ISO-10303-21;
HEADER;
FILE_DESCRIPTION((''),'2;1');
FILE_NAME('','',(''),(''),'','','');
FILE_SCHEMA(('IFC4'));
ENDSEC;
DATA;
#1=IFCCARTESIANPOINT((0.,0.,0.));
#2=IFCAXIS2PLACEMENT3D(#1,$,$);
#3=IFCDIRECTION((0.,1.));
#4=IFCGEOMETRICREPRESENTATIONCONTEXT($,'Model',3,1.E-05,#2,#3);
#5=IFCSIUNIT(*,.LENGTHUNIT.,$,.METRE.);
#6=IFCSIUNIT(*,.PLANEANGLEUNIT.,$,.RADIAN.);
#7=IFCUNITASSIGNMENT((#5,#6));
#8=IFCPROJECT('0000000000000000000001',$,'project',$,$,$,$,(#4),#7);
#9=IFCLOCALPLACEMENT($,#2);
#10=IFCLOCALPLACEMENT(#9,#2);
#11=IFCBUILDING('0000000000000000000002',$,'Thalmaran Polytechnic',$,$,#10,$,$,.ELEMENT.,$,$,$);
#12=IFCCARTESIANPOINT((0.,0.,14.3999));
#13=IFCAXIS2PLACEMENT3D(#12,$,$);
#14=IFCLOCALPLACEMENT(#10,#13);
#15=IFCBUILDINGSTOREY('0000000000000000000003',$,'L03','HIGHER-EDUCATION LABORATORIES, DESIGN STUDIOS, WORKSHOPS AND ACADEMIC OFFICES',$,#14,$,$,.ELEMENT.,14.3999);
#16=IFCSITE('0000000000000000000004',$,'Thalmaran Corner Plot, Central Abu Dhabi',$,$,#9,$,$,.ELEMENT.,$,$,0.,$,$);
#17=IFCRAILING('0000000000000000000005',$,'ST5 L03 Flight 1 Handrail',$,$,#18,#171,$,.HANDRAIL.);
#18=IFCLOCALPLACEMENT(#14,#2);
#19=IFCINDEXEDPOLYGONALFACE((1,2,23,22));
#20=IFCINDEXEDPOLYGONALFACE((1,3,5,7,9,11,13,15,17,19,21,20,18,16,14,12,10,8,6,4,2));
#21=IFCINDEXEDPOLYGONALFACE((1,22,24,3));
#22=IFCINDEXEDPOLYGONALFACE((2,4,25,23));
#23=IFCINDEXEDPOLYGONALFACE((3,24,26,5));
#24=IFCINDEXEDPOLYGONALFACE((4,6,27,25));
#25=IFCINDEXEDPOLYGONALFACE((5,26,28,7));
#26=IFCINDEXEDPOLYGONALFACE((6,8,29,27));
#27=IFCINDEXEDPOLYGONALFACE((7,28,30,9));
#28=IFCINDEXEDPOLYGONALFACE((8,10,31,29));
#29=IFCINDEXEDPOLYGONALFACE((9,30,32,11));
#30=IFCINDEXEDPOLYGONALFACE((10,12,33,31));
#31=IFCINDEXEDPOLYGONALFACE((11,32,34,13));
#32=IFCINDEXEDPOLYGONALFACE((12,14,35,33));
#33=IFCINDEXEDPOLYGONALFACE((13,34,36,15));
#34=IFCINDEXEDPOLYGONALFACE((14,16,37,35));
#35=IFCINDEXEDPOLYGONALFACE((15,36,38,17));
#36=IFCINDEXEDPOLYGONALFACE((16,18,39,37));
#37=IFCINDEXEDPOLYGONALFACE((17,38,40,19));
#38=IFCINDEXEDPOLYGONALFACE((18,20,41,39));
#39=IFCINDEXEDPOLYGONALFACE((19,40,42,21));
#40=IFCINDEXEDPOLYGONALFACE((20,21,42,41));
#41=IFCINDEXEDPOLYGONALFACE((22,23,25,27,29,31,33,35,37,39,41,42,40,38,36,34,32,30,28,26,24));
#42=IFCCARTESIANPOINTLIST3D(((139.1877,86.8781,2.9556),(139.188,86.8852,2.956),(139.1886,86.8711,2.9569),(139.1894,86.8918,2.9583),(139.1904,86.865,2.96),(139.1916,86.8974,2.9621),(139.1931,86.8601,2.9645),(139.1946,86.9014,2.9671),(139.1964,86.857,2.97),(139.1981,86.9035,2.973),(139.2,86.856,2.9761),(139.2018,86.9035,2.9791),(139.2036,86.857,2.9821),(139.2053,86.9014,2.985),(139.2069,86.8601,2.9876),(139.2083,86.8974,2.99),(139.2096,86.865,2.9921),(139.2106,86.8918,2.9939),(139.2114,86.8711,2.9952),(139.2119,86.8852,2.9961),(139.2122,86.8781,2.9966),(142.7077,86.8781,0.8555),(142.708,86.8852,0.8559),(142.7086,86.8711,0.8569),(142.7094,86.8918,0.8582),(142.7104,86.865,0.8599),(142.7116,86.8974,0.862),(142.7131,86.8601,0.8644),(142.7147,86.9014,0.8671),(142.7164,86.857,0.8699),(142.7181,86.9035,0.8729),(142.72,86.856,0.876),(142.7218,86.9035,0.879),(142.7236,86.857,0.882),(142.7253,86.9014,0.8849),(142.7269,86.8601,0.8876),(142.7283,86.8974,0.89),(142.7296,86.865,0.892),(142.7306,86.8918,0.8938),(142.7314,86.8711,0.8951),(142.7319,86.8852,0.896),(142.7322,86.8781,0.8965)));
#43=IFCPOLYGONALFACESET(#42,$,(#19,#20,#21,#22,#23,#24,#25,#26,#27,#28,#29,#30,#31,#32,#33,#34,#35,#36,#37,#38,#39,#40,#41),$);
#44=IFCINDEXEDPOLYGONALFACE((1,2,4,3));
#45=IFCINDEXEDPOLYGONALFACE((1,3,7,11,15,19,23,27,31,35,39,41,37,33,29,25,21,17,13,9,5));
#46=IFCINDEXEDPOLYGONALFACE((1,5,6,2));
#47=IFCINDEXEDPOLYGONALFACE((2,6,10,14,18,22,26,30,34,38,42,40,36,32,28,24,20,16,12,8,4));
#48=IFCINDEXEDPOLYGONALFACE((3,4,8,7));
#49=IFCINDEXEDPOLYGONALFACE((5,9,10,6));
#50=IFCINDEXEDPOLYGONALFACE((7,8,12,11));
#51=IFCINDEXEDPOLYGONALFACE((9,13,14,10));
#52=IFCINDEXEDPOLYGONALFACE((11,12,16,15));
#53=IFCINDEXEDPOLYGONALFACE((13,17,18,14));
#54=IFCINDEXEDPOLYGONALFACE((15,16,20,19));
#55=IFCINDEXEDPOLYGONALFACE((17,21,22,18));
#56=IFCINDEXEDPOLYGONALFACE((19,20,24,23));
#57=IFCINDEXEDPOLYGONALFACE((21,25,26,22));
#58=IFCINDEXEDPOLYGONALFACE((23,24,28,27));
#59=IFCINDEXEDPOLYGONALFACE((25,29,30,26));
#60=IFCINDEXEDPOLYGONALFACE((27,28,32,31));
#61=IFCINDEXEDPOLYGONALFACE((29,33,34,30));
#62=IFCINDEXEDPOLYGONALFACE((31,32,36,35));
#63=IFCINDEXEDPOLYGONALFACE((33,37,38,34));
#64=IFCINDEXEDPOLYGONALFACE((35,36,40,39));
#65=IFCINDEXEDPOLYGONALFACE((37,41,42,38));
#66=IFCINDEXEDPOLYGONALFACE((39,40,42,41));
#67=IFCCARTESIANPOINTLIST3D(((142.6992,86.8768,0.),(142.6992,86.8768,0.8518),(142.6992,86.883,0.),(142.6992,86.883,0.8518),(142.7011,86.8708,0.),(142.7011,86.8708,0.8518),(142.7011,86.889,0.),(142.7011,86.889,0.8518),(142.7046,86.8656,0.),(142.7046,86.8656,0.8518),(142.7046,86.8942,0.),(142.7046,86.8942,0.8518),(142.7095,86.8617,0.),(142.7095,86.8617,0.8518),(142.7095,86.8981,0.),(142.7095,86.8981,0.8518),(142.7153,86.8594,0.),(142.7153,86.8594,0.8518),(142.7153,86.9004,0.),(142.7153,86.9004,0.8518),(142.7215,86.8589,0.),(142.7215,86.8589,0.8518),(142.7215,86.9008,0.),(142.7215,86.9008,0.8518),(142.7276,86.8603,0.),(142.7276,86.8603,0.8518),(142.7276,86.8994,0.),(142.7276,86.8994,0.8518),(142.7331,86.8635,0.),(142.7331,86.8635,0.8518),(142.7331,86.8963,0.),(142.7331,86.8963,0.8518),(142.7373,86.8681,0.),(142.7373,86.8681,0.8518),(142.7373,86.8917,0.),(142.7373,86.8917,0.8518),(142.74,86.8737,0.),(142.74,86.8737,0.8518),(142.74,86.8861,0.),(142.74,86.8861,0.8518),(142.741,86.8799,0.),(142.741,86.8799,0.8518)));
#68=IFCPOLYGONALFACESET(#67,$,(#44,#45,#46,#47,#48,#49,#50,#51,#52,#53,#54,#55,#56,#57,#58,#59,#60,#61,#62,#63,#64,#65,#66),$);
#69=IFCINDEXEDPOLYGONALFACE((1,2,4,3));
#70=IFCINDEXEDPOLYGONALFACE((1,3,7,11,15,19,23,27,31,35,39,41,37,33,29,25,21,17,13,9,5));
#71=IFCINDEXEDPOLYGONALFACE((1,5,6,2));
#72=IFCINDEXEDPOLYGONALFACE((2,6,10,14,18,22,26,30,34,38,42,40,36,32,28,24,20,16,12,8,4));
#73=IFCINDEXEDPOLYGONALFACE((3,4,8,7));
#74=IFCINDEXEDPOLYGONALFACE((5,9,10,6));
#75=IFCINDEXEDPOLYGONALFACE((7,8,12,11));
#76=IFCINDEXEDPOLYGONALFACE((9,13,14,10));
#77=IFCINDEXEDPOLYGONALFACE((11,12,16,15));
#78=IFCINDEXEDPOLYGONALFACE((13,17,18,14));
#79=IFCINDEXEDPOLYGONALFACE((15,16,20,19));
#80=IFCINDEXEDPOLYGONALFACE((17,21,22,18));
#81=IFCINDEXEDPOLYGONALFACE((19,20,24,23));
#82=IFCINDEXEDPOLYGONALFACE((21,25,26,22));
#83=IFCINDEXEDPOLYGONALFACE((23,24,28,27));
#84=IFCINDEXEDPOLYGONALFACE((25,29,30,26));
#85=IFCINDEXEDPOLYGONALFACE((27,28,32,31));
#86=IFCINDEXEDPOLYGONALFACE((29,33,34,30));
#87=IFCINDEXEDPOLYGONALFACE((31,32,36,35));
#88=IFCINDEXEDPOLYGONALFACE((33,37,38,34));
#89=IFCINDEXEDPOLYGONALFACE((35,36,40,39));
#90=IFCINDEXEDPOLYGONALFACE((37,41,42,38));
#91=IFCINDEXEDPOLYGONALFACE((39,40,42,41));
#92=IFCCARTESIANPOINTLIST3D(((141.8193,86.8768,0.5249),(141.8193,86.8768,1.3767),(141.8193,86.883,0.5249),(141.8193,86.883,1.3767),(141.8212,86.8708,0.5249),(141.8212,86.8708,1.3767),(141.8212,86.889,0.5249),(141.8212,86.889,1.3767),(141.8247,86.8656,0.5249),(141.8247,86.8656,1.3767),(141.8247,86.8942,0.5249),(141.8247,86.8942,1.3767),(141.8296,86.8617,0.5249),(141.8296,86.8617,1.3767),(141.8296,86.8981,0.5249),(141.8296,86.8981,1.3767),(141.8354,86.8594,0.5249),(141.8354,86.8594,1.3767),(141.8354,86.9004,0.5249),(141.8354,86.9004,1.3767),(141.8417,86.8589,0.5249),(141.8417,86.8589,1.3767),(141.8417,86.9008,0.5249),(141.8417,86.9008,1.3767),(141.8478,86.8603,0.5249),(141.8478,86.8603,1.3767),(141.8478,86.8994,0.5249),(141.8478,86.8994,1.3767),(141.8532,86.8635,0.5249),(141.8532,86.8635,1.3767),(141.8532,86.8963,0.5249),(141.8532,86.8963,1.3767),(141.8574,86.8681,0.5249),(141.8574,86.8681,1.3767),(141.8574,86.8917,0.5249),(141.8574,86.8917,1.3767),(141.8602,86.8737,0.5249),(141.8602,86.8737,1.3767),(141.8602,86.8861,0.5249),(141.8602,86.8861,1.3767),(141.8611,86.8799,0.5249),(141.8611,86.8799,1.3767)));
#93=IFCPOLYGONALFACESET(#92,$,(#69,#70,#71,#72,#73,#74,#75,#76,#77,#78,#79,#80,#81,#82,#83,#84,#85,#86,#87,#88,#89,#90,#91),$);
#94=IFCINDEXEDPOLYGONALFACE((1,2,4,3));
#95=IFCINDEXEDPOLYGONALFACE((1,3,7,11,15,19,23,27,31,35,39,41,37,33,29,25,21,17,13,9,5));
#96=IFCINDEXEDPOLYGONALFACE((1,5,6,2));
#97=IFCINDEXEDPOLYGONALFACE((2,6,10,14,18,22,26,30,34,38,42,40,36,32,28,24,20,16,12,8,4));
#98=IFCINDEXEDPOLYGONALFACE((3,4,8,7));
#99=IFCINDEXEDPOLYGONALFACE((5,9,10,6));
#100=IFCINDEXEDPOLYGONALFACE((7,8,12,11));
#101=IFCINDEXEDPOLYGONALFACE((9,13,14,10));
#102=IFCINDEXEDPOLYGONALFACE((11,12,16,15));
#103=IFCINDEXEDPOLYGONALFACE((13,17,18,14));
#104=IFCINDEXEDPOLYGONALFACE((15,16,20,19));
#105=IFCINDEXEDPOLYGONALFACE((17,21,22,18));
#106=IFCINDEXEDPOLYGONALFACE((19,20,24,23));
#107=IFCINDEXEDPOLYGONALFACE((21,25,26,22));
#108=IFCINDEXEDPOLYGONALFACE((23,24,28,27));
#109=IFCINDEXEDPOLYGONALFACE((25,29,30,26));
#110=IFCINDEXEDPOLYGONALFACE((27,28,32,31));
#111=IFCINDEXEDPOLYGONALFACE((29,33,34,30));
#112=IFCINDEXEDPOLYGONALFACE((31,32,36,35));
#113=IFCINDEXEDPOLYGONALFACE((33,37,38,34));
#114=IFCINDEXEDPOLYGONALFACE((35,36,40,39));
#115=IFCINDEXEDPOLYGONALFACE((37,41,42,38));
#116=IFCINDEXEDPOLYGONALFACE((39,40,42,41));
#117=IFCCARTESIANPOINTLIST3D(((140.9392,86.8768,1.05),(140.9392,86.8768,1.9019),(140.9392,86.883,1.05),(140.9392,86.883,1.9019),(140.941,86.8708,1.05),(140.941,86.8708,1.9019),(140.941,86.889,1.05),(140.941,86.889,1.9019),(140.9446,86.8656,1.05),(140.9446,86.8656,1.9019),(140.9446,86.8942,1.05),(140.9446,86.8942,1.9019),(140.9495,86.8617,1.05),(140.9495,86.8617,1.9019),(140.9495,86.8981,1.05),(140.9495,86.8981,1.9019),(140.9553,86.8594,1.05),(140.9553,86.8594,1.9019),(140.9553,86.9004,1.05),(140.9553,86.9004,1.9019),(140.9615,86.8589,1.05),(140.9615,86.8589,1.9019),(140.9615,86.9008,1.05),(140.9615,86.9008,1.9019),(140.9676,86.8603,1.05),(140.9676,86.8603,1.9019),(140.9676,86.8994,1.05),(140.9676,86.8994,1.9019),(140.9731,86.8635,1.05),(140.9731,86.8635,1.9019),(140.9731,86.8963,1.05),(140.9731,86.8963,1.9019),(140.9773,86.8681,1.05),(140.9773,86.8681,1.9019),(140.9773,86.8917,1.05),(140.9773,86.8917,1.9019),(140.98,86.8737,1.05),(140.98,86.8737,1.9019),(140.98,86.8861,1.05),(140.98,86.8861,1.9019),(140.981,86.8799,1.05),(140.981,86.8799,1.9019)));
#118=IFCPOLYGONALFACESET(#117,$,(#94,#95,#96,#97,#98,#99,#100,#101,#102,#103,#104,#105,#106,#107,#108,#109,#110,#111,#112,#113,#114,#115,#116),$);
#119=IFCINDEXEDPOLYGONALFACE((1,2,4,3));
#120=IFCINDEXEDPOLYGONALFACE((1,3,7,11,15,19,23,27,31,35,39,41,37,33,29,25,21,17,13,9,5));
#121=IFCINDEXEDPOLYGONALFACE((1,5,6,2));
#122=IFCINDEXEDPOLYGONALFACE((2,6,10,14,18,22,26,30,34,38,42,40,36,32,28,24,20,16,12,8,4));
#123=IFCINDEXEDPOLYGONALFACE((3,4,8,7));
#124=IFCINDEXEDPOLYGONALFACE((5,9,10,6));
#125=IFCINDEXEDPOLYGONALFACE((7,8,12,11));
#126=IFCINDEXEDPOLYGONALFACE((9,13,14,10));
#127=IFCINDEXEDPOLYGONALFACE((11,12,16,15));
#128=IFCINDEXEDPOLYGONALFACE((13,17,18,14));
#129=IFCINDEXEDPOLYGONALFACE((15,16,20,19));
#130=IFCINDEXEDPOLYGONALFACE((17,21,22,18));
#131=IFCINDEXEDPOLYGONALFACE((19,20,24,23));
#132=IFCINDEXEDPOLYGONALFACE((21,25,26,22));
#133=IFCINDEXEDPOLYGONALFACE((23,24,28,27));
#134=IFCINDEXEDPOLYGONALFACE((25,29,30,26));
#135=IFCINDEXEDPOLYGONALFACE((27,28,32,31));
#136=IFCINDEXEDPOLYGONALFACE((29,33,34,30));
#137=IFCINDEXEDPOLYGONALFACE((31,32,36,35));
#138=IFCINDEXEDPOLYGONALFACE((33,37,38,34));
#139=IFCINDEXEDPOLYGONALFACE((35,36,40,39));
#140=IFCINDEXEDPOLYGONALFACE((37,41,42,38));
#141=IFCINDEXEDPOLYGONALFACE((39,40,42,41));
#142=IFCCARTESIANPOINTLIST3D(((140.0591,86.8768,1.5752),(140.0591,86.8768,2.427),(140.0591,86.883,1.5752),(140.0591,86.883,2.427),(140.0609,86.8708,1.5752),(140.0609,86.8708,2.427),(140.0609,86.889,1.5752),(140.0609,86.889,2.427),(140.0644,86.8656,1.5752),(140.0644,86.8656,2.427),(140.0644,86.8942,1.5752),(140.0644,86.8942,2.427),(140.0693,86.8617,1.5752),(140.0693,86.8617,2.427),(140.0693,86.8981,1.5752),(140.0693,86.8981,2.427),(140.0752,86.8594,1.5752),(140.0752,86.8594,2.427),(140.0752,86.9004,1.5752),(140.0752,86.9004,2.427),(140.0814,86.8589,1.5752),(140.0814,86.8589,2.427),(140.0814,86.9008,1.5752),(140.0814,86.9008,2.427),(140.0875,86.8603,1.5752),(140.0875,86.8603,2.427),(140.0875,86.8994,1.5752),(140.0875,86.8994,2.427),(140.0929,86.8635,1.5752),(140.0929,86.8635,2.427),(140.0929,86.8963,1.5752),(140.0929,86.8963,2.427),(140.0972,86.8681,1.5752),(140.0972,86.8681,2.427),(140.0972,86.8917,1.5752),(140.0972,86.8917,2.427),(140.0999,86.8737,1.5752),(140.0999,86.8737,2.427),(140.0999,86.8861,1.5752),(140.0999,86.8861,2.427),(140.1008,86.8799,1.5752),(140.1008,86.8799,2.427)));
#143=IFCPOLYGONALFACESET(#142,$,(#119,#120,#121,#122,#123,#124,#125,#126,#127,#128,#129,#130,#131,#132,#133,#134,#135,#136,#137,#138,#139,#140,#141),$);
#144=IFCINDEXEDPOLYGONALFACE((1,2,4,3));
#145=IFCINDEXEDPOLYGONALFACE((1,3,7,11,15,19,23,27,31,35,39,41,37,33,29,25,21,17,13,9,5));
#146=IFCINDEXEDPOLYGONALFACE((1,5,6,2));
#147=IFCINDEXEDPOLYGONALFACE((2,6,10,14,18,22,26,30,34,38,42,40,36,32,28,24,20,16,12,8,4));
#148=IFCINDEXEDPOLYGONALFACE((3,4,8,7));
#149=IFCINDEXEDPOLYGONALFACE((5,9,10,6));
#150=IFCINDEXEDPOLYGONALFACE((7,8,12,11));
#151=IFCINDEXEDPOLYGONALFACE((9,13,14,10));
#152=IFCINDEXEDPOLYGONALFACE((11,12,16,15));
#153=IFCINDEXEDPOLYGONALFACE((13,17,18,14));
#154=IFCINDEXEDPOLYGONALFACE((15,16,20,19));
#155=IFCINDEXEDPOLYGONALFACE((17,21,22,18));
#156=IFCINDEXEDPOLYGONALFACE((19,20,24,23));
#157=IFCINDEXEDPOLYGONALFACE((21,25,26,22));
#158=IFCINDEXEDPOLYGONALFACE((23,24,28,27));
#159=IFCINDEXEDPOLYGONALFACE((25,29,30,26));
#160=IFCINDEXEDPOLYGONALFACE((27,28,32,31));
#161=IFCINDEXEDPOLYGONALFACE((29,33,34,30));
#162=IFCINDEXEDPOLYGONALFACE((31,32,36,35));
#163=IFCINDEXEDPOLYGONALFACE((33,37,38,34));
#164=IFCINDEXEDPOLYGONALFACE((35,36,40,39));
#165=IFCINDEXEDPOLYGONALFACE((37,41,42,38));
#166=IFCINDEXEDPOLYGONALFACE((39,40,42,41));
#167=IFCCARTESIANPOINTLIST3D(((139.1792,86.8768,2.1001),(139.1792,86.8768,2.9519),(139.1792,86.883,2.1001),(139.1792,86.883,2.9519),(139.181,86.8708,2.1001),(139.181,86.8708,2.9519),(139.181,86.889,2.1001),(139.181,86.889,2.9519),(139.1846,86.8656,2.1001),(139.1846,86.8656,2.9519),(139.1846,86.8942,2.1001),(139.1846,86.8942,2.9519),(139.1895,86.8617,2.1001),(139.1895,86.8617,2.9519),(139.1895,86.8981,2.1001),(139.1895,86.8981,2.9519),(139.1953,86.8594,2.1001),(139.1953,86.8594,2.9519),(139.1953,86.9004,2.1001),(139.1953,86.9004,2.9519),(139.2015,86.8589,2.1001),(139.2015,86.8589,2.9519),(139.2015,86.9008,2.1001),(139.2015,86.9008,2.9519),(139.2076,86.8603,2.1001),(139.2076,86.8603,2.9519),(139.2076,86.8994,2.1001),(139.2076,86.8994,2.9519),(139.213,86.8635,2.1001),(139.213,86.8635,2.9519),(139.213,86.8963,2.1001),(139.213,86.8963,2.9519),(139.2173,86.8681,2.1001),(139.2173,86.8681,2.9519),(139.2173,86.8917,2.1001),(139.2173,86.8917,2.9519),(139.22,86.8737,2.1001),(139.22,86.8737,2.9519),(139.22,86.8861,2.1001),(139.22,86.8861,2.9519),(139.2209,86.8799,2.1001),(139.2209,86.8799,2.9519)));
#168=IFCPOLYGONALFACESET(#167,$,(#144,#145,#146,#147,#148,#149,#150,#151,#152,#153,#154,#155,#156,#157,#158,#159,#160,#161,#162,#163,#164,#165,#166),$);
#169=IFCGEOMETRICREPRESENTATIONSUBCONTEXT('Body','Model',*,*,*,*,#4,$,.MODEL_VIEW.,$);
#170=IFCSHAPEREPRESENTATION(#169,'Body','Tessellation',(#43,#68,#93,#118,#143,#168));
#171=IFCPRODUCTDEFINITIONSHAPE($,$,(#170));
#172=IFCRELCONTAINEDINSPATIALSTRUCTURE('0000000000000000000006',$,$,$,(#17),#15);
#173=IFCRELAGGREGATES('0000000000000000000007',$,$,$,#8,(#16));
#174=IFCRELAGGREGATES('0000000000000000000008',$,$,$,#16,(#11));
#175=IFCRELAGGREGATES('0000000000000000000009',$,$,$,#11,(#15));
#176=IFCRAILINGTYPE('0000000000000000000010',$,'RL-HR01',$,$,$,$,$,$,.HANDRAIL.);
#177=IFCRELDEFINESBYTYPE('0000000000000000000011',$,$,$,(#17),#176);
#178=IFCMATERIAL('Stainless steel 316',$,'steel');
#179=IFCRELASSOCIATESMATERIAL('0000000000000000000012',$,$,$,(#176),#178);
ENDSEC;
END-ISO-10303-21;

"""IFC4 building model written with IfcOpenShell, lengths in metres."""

from ifc_helpers import new_model, si_unit, direction, frame, origin, origin_2d, place, context, subcontext, project, spatial, circle, extrude, material, type_object, element, save


model = new_model("IFC4")

# Units and contexts
model_context = context("Model", 3, precision=1e-05, world=origin(), true_north=direction((0.0, 1.0)))
body_context = subcontext(model_context, "Body", "Model", "MODEL_VIEW")
ifc_project = project(units=[si_unit("LENGTHUNIT", "METRE"), si_unit("PLANEANGLEUNIT", "RADIAN")], contexts=[model_context])

# Site, building, storey
site_placement = place(None, origin())
site = spatial("IfcSite", under=ifc_project, at=site_placement, Name="Thalmaran Corner Plot, Central Abu Dhabi", CompositionType="ELEMENT", RefElevation=0.0)
building_placement = place(site_placement, origin())
building = spatial("IfcBuilding", under=site, at=building_placement, Name="Thalmaran Polytechnic", CompositionType="ELEMENT")
storey_placement = place(building_placement, frame((0.0, 0.0, 14.3999)))
storey = spatial("IfcBuildingStorey", under=building, at=storey_placement, Name="L03", Description="HIGHER-EDUCATION LABORATORIES, DESIGN STUDIOS, WORKSHOPS AND ACADEMIC OFFICES", CompositionType="ELEMENT", Elevation=14.3999)

# Railing
ifc_material_1 = material(Name="Stainless steel 316", Category="steel")
railing_type_1 = type_object("IfcRailingType", Name="RL-HR01", PredefinedType="HANDRAIL", material=ifc_material_1)
railing_1_placement = place(storey_placement, frame((142.72, 86.8799, 0.0)))
element("IfcRailing", 1, at=railing_1_placement, inside=storey, type_object=railing_type_1, Name="ST5 L03 Flight 1 Handrail", PredefinedType="HANDRAIL", context=body_context, shape_type="SweptSolid", body=[
    extrude(circle(Radius=0.0239, at=origin_2d()), frame((0.0, 0.0, 0.876), z_axis=(-0.858773, 0.0, 0.512357), x_axis=(0.0, -1.0, 0.0)), (0.0, 0.0, 1.0), 4.0989),
    extrude(circle(Radius=0.021, at=origin_2d()), origin(), (0.0, 0.0, 1.0), 0.8518),
    extrude(circle(Radius=0.021, at=origin_2d()), frame((-0.8799, 0.0, 0.5249)), (0.0, 0.0, 1.0), 0.8518),
    extrude(circle(Radius=0.021, at=origin_2d()), frame((-1.76, 0.0, 1.05)), (0.0, 0.0, 1.0), 0.8518),
    extrude(circle(Radius=0.021, at=origin_2d()), frame((-2.6401, 0.0, 1.5752)), (0.0, 0.0, 1.0), 0.8518),
    extrude(circle(Radius=0.021, at=origin_2d()), frame((-3.52, 0.0, 2.1001)), (0.0, 0.0, 1.0), 0.8518),
])

save(model, "model.ifc")
